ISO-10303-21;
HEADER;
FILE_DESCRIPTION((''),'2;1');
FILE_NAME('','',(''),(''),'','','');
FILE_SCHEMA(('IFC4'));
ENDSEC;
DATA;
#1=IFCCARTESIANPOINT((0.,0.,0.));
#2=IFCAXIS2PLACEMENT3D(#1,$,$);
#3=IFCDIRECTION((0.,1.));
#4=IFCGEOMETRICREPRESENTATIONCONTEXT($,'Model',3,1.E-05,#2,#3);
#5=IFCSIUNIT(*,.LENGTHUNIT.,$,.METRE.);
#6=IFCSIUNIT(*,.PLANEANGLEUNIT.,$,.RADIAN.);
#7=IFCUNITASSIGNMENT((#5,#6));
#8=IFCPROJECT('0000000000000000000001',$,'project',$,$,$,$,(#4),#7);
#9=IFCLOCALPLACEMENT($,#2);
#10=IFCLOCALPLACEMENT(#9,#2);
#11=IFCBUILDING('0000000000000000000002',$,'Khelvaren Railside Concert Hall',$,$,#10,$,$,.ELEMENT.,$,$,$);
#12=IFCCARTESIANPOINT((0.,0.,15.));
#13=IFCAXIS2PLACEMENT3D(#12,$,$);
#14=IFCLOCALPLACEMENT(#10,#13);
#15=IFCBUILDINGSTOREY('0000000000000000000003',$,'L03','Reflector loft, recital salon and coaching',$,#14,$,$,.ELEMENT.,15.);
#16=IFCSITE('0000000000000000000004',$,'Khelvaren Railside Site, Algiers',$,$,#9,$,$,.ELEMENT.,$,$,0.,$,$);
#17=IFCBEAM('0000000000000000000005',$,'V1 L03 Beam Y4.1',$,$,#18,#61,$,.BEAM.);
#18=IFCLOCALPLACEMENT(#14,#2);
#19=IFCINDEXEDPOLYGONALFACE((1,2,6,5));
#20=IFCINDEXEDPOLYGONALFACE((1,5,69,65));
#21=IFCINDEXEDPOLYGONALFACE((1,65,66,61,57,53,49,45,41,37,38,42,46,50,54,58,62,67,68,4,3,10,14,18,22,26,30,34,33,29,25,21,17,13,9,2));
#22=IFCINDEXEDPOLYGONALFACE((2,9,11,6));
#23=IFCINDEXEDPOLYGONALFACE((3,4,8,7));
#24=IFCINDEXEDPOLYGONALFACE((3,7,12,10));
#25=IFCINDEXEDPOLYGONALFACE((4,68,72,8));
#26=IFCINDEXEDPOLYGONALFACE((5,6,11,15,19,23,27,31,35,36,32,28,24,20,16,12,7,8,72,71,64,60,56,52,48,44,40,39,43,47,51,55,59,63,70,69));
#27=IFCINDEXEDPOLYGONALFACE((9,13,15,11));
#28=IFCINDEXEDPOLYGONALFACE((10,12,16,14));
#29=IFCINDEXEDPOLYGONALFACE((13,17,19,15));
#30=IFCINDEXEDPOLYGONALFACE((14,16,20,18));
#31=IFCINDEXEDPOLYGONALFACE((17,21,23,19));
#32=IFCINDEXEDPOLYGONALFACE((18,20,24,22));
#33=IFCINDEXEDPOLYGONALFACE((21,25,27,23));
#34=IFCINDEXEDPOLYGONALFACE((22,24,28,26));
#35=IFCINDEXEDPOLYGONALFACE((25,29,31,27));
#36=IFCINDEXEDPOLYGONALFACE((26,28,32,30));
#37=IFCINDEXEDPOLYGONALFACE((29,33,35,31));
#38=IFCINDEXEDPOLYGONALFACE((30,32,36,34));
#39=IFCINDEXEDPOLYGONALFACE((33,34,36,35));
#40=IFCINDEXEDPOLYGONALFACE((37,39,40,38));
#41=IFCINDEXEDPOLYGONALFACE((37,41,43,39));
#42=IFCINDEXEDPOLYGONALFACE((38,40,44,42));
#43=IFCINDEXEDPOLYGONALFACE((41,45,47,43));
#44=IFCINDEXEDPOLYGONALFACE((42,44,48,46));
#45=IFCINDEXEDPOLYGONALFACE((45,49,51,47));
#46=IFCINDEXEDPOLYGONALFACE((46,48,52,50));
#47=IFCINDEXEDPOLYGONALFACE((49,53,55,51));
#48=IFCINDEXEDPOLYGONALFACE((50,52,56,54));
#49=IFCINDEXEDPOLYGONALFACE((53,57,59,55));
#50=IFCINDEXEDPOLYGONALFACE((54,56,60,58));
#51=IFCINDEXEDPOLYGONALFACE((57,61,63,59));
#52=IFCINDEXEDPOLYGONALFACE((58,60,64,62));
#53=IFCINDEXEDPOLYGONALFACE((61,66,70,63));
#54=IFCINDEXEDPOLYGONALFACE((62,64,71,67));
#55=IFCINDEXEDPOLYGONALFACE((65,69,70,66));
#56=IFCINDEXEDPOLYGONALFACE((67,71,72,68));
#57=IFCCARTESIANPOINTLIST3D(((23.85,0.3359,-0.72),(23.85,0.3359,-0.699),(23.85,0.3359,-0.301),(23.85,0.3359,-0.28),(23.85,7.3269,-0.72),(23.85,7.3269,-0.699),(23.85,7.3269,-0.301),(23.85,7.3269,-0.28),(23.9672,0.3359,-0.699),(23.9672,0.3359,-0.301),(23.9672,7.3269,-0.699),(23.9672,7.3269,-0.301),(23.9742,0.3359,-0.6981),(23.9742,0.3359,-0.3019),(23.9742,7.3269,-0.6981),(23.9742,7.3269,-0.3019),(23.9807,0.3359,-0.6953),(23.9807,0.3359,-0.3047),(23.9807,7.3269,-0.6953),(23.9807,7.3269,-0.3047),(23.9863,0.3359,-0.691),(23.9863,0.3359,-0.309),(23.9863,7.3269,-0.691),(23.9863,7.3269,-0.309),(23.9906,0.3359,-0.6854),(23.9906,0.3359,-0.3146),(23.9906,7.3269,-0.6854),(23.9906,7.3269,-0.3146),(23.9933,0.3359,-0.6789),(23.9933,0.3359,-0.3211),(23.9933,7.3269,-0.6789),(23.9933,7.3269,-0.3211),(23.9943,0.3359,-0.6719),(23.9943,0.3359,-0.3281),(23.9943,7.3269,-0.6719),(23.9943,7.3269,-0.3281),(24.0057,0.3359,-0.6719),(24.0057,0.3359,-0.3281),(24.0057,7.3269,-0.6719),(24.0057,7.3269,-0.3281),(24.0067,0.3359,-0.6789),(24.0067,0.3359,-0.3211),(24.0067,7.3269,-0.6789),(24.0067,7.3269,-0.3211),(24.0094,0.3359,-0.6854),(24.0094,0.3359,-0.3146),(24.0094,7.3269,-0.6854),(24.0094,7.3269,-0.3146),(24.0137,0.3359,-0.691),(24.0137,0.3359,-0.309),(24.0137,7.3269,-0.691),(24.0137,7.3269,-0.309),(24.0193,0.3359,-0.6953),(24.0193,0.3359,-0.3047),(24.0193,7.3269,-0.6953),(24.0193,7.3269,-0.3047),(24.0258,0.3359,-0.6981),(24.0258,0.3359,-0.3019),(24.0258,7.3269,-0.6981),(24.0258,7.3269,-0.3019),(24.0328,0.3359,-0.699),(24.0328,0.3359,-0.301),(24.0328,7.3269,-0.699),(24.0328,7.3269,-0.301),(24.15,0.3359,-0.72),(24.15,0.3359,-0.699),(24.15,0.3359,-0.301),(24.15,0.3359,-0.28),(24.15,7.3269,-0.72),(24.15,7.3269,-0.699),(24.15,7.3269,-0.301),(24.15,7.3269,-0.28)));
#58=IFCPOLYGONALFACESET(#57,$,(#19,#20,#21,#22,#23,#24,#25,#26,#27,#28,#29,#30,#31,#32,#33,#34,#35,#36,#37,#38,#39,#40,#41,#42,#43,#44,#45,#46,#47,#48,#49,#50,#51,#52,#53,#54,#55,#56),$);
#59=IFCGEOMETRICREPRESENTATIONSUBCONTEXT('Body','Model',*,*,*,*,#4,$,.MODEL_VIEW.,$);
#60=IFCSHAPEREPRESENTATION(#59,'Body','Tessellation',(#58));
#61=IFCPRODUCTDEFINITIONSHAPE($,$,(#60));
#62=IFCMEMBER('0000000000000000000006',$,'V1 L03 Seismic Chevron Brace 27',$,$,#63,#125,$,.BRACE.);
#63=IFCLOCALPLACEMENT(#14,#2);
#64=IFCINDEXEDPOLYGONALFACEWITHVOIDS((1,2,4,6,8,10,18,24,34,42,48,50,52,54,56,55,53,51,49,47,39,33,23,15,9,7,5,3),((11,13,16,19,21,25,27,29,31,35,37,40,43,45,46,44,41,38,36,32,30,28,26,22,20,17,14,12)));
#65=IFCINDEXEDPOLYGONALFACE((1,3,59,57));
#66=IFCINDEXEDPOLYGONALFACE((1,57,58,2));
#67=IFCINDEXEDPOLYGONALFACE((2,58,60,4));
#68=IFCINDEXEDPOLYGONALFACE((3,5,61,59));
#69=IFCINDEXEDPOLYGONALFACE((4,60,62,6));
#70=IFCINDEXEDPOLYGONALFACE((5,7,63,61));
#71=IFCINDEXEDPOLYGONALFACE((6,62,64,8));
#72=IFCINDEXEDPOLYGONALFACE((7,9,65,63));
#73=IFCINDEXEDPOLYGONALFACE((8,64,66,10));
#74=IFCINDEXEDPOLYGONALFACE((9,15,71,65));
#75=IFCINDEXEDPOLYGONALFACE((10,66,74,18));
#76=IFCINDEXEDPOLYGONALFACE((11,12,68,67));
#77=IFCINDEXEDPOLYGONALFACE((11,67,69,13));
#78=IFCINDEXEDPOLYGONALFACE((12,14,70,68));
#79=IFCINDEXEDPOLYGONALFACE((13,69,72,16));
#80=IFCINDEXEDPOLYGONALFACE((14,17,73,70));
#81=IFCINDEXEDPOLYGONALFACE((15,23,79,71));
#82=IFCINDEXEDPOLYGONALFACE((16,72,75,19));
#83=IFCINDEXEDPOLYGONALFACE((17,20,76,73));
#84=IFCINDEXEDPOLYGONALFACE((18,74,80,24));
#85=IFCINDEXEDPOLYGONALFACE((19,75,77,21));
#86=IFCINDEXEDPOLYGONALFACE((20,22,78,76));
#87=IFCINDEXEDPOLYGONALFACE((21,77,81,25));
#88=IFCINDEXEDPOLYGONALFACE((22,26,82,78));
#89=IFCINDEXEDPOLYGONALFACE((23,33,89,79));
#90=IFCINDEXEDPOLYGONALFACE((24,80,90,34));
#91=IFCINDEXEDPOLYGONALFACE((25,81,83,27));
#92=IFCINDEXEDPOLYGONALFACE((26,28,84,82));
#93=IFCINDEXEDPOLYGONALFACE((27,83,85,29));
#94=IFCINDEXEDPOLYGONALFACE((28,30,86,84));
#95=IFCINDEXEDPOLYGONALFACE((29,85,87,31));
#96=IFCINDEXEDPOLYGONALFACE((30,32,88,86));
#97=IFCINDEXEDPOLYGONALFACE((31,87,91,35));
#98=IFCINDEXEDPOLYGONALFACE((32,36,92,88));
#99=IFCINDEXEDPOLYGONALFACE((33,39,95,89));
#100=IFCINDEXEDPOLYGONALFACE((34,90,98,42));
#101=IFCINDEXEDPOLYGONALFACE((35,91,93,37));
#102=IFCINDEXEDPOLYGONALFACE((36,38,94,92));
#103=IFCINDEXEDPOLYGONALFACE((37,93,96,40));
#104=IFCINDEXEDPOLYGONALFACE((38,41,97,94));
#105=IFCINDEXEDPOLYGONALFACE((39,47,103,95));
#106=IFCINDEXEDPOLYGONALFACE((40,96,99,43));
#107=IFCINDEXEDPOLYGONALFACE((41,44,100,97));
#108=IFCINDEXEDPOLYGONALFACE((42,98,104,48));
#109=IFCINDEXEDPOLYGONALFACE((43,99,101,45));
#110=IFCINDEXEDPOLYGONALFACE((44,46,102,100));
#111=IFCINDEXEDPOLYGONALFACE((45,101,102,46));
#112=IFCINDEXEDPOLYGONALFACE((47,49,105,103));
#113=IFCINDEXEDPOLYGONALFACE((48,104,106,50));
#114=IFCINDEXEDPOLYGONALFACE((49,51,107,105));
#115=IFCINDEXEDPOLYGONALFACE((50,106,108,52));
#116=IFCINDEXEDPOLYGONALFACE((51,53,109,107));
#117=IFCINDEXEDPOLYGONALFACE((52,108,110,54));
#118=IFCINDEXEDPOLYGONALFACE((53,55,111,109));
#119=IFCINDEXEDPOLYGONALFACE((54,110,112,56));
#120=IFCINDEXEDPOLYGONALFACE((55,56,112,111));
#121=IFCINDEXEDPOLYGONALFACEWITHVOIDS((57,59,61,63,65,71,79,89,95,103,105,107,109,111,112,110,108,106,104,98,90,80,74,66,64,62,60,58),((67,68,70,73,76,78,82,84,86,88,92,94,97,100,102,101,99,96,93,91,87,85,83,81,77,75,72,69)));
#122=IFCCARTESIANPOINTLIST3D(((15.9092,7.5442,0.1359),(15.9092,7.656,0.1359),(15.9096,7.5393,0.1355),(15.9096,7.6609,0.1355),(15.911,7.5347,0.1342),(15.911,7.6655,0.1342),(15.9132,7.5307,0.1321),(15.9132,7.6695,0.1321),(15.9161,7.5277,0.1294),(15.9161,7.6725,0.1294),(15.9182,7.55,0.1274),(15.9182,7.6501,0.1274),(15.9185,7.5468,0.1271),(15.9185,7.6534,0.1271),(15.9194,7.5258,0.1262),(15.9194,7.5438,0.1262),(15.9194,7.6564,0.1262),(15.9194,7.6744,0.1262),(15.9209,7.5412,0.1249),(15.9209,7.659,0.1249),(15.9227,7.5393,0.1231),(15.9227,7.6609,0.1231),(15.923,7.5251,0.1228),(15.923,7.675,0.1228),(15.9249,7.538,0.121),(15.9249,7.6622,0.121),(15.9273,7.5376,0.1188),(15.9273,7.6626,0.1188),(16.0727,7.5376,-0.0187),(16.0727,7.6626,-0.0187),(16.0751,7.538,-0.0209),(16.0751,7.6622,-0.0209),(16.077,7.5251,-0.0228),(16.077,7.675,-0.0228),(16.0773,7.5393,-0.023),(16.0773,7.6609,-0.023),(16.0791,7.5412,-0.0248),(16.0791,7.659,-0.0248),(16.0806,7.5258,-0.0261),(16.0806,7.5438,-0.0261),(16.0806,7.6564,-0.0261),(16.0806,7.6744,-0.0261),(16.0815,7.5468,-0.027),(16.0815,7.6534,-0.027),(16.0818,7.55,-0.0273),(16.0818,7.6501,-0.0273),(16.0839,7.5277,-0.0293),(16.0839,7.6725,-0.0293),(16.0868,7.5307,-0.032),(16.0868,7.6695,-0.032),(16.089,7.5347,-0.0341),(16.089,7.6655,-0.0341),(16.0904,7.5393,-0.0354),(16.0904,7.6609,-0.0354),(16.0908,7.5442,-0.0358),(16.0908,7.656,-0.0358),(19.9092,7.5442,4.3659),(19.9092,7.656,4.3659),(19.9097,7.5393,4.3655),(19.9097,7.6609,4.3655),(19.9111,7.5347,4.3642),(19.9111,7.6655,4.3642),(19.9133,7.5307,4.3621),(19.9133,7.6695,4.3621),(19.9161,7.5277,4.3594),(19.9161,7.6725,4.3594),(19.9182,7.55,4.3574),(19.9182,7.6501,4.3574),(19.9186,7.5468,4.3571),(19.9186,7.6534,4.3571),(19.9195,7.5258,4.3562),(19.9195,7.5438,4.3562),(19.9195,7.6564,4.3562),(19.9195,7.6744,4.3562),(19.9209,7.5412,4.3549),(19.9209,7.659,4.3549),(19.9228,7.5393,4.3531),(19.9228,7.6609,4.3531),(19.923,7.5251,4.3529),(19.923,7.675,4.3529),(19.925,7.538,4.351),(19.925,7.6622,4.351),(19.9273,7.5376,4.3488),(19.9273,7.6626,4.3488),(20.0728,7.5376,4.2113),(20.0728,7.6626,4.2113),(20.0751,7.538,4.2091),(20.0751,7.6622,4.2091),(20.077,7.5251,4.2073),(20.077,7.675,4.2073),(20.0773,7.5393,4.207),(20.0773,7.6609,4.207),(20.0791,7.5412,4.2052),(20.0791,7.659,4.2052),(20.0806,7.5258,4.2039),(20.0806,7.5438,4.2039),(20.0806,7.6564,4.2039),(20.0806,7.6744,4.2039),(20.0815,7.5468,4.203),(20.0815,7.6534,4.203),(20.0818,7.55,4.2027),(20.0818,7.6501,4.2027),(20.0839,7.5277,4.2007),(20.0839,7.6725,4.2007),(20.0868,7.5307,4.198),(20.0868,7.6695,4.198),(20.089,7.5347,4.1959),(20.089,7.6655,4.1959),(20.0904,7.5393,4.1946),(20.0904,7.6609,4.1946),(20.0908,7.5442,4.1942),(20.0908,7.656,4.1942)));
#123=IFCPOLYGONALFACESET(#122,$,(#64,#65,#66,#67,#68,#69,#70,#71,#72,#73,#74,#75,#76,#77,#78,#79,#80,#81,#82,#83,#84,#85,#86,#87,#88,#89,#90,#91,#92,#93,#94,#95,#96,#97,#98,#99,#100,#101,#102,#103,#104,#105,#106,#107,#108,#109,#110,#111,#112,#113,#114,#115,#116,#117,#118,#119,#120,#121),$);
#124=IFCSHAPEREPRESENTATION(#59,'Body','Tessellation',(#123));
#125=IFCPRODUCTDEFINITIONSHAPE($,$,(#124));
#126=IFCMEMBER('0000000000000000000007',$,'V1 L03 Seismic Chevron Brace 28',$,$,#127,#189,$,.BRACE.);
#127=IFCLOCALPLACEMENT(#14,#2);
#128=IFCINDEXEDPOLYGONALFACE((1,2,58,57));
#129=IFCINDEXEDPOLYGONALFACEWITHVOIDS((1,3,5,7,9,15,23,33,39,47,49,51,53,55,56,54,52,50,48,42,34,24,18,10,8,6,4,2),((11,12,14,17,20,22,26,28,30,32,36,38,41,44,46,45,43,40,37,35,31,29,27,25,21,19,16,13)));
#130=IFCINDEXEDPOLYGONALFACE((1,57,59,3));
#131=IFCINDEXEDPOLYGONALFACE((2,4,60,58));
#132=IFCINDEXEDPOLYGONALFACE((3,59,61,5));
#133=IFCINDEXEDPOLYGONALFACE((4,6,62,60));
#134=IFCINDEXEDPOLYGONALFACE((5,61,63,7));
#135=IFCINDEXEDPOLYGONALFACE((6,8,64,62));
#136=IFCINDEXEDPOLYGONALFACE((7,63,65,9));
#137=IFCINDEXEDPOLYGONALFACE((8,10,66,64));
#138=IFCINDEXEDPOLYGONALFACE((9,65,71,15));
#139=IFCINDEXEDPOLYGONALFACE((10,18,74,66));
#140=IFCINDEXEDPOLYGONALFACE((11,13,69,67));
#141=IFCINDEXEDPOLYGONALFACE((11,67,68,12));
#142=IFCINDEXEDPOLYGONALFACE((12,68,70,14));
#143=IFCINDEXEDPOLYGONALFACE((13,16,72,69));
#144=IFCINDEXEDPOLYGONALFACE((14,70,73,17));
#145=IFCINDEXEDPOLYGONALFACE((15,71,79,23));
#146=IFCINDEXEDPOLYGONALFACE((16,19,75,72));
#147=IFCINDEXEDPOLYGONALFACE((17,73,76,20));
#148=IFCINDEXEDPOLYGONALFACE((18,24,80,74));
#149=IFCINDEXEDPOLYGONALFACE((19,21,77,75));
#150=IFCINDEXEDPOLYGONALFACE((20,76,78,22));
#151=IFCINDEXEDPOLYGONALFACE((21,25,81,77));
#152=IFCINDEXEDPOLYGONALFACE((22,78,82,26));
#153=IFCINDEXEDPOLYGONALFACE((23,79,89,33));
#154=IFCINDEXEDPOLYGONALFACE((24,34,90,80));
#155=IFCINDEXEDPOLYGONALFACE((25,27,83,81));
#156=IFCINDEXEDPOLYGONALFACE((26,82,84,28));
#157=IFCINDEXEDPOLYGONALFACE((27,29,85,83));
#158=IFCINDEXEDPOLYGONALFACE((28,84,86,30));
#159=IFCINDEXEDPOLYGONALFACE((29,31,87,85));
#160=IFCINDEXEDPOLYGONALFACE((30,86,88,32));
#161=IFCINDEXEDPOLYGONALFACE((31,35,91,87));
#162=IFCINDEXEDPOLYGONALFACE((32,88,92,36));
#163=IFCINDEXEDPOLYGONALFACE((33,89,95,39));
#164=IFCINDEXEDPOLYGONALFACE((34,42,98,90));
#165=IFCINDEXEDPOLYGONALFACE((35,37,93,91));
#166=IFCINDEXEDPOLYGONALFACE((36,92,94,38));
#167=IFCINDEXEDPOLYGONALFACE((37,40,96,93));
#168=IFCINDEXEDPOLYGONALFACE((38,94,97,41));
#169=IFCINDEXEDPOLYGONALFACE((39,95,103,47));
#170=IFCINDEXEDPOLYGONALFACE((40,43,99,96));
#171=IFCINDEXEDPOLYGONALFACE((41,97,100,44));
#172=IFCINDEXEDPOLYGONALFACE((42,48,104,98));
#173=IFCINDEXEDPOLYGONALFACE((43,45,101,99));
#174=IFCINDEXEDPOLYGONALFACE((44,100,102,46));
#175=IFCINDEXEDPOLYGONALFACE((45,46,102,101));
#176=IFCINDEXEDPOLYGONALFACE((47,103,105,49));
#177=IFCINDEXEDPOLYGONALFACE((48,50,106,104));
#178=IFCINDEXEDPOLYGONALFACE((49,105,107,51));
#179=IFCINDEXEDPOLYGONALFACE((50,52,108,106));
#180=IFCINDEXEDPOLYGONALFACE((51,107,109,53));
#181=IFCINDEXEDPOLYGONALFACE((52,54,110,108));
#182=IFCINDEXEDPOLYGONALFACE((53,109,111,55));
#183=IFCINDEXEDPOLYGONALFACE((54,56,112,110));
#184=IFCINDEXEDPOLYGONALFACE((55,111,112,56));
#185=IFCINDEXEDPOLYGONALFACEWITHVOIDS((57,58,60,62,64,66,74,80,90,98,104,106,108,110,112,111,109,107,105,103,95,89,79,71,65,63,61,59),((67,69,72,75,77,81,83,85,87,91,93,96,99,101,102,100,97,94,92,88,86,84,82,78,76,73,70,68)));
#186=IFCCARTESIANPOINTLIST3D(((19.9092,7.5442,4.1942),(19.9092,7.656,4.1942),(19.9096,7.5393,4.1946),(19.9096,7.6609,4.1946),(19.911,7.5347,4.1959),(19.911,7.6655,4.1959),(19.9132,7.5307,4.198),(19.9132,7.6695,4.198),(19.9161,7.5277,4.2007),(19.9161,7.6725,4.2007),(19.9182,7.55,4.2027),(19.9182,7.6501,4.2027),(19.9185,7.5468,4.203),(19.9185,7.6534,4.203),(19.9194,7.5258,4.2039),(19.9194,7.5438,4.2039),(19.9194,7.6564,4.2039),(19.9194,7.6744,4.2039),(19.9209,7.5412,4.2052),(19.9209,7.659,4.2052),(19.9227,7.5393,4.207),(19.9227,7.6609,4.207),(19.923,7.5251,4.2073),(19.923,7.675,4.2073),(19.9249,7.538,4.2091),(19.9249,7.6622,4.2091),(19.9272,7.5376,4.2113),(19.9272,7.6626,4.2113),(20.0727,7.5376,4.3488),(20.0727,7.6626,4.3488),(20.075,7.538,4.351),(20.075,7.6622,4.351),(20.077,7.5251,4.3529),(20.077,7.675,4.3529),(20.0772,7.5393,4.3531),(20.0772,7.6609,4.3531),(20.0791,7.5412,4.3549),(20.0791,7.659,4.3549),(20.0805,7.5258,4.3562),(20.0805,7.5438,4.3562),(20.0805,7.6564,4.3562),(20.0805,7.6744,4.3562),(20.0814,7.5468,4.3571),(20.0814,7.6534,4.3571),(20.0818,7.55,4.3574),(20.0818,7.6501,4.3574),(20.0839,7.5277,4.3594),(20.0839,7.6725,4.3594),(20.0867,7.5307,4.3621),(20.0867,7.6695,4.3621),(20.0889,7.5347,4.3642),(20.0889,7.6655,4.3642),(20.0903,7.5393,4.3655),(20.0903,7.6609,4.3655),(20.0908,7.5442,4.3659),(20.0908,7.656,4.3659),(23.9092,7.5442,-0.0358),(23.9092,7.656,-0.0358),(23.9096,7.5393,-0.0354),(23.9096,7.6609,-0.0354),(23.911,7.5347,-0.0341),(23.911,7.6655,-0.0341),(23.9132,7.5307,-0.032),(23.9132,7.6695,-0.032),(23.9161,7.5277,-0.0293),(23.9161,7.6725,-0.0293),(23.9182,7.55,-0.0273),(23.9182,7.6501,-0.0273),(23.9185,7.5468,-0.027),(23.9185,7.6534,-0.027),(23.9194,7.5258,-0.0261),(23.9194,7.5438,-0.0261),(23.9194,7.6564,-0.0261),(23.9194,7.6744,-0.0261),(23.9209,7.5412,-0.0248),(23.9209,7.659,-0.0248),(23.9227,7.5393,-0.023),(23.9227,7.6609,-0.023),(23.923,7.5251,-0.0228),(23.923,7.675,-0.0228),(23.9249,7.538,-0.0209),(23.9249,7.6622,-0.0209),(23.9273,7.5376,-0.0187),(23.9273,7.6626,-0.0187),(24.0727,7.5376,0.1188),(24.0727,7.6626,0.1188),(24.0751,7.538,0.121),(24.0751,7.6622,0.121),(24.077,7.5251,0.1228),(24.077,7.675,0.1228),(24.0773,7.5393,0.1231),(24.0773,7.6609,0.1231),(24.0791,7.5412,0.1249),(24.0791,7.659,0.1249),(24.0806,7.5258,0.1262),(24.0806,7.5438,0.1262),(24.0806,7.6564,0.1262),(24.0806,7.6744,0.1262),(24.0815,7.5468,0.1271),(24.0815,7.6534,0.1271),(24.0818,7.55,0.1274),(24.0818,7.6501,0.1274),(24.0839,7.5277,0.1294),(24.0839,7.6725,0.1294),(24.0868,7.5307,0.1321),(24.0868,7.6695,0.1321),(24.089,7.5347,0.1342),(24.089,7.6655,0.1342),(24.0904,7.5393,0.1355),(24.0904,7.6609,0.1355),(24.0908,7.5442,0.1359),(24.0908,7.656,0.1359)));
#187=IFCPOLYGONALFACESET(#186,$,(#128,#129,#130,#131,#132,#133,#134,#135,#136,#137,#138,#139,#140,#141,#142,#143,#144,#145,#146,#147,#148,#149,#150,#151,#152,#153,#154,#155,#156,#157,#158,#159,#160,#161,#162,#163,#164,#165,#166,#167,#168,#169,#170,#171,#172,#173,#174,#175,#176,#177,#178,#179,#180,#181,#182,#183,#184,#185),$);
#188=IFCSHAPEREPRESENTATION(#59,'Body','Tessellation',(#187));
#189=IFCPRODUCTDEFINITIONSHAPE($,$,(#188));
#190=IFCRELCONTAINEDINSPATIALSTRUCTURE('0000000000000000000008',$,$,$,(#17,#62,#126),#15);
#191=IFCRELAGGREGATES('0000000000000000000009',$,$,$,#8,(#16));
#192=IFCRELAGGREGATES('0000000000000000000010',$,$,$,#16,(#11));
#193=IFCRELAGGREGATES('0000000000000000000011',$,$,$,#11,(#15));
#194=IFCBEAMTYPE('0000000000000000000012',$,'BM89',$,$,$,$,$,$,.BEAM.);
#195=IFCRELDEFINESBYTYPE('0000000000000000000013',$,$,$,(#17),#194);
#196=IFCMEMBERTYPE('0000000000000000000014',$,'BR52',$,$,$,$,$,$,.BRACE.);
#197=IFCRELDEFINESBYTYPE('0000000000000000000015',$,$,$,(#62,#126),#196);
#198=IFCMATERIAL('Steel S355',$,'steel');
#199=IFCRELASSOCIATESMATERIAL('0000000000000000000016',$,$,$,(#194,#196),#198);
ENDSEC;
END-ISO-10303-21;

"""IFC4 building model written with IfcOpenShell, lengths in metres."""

from ifc_helpers import new_model, si_unit, direction, frame, origin, origin_2d, place, context, subcontext, project, spatial, hollow_rectangle, i_section, extrude, material, material_profile, profile_set, type_object, element, save


model = new_model("IFC4")

# Units and contexts
model_context = context("Model", 3, precision=1e-05, world=origin(), true_north=direction((0.0, 1.0)))
body_context = subcontext(model_context, "Body", "Model", "MODEL_VIEW")
ifc_project = project(units=[si_unit("LENGTHUNIT", "METRE"), si_unit("PLANEANGLEUNIT", "RADIAN")], contexts=[model_context])

# Site, building, storey
site_placement = place(None, origin())
site = spatial("IfcSite", under=ifc_project, at=site_placement, Name="Khelvaren Railside Site, Algiers", CompositionType="ELEMENT", RefElevation=0.0)
building_placement = place(site_placement, origin())
building = spatial("IfcBuilding", under=site, at=building_placement, Name="Khelvaren Railside Concert Hall", CompositionType="ELEMENT")
storey_placement = place(building_placement, frame((0.0, 0.0, 15.0)))
storey = spatial("IfcBuildingStorey", under=building, at=storey_placement, Name="L03", Description="Reflector loft, recital salon and coaching", CompositionType="ELEMENT", Elevation=15.0)

# Beam
ifc_material_1 = material(Name="Steel S355", Category="steel")
ifc_material_profile_1 = material_profile(ifc_material_1, i_section(OverallWidth=0.3, OverallDepth=0.4399, WebThickness=0.0115, FlangeThickness=0.021, FilletRadius=0.0271, at=origin_2d()), Name="HEA 450")
ifc_profile_set_1 = profile_set([ifc_material_profile_1], Name="Steel S355")
beam_type_1 = type_object("IfcBeamType", Name="BM89", PredefinedType="BEAM", material=ifc_profile_set_1)
beam_1_placement = place(storey_placement, frame((24.0, 0.3359, -0.5), z_axis=(0.0, 1.0, 0.0), x_axis=(-1.0, 0.0, 0.0)))
element("IfcBeam", 1, at=beam_1_placement, inside=storey, type_object=beam_type_1, Name="V1 L03 Beam Y4.1", PredefinedType="BEAM", context=body_context, shape_type="SweptSolid", body=[
    extrude(i_section(OverallWidth=0.3, OverallDepth=0.4399, WebThickness=0.0115, FlangeThickness=0.021, FilletRadius=0.0271, at=origin_2d()), origin(), (0.0, 0.0, 1.0), 6.991),
])

# Members
ifc_material_profile_2 = material_profile(ifc_material_1, hollow_rectangle(XDim=0.1499, YDim=0.25, WallThickness=0.0125, InnerFilletRadius=0.0125, OuterFilletRadius=0.019, at=origin_2d()), Name="RHS 250x150x12.5")
ifc_profile_set_2 = profile_set([ifc_material_profile_2], Name="Steel S355")
member_type = type_object("IfcMemberType", Name="BR52", PredefinedType="BRACE", material=ifc_profile_set_2)
for number, where, z_axis, x_axis, name in (
    (2, (16.0, 7.6001, 0.05), (0.687079, 0.0, 0.726583), (0.0, 1.0, 0.0), "V1 L03 Seismic Chevron Brace 27"),
    (3, (24.0, 7.6001, 0.05), (-0.687079, 0.0, 0.726583), (0.0, -1.0, 0.0), "V1 L03 Seismic Chevron Brace 28"),
):
    element("IfcMember", number, at=place(storey_placement, frame(where, z_axis=z_axis, x_axis=x_axis)), inside=storey, type_object=member_type, Name=name, PredefinedType="BRACE", context=body_context, shape_type="SweptSolid", body=[
        extrude(hollow_rectangle(XDim=0.1499, YDim=0.25, WallThickness=0.0125, InnerFilletRadius=0.0125, OuterFilletRadius=0.019, at=origin_2d()), origin(), (0.0, 0.0, 1.0), 5.8218),
    ])

save(model, "model.ifc")
